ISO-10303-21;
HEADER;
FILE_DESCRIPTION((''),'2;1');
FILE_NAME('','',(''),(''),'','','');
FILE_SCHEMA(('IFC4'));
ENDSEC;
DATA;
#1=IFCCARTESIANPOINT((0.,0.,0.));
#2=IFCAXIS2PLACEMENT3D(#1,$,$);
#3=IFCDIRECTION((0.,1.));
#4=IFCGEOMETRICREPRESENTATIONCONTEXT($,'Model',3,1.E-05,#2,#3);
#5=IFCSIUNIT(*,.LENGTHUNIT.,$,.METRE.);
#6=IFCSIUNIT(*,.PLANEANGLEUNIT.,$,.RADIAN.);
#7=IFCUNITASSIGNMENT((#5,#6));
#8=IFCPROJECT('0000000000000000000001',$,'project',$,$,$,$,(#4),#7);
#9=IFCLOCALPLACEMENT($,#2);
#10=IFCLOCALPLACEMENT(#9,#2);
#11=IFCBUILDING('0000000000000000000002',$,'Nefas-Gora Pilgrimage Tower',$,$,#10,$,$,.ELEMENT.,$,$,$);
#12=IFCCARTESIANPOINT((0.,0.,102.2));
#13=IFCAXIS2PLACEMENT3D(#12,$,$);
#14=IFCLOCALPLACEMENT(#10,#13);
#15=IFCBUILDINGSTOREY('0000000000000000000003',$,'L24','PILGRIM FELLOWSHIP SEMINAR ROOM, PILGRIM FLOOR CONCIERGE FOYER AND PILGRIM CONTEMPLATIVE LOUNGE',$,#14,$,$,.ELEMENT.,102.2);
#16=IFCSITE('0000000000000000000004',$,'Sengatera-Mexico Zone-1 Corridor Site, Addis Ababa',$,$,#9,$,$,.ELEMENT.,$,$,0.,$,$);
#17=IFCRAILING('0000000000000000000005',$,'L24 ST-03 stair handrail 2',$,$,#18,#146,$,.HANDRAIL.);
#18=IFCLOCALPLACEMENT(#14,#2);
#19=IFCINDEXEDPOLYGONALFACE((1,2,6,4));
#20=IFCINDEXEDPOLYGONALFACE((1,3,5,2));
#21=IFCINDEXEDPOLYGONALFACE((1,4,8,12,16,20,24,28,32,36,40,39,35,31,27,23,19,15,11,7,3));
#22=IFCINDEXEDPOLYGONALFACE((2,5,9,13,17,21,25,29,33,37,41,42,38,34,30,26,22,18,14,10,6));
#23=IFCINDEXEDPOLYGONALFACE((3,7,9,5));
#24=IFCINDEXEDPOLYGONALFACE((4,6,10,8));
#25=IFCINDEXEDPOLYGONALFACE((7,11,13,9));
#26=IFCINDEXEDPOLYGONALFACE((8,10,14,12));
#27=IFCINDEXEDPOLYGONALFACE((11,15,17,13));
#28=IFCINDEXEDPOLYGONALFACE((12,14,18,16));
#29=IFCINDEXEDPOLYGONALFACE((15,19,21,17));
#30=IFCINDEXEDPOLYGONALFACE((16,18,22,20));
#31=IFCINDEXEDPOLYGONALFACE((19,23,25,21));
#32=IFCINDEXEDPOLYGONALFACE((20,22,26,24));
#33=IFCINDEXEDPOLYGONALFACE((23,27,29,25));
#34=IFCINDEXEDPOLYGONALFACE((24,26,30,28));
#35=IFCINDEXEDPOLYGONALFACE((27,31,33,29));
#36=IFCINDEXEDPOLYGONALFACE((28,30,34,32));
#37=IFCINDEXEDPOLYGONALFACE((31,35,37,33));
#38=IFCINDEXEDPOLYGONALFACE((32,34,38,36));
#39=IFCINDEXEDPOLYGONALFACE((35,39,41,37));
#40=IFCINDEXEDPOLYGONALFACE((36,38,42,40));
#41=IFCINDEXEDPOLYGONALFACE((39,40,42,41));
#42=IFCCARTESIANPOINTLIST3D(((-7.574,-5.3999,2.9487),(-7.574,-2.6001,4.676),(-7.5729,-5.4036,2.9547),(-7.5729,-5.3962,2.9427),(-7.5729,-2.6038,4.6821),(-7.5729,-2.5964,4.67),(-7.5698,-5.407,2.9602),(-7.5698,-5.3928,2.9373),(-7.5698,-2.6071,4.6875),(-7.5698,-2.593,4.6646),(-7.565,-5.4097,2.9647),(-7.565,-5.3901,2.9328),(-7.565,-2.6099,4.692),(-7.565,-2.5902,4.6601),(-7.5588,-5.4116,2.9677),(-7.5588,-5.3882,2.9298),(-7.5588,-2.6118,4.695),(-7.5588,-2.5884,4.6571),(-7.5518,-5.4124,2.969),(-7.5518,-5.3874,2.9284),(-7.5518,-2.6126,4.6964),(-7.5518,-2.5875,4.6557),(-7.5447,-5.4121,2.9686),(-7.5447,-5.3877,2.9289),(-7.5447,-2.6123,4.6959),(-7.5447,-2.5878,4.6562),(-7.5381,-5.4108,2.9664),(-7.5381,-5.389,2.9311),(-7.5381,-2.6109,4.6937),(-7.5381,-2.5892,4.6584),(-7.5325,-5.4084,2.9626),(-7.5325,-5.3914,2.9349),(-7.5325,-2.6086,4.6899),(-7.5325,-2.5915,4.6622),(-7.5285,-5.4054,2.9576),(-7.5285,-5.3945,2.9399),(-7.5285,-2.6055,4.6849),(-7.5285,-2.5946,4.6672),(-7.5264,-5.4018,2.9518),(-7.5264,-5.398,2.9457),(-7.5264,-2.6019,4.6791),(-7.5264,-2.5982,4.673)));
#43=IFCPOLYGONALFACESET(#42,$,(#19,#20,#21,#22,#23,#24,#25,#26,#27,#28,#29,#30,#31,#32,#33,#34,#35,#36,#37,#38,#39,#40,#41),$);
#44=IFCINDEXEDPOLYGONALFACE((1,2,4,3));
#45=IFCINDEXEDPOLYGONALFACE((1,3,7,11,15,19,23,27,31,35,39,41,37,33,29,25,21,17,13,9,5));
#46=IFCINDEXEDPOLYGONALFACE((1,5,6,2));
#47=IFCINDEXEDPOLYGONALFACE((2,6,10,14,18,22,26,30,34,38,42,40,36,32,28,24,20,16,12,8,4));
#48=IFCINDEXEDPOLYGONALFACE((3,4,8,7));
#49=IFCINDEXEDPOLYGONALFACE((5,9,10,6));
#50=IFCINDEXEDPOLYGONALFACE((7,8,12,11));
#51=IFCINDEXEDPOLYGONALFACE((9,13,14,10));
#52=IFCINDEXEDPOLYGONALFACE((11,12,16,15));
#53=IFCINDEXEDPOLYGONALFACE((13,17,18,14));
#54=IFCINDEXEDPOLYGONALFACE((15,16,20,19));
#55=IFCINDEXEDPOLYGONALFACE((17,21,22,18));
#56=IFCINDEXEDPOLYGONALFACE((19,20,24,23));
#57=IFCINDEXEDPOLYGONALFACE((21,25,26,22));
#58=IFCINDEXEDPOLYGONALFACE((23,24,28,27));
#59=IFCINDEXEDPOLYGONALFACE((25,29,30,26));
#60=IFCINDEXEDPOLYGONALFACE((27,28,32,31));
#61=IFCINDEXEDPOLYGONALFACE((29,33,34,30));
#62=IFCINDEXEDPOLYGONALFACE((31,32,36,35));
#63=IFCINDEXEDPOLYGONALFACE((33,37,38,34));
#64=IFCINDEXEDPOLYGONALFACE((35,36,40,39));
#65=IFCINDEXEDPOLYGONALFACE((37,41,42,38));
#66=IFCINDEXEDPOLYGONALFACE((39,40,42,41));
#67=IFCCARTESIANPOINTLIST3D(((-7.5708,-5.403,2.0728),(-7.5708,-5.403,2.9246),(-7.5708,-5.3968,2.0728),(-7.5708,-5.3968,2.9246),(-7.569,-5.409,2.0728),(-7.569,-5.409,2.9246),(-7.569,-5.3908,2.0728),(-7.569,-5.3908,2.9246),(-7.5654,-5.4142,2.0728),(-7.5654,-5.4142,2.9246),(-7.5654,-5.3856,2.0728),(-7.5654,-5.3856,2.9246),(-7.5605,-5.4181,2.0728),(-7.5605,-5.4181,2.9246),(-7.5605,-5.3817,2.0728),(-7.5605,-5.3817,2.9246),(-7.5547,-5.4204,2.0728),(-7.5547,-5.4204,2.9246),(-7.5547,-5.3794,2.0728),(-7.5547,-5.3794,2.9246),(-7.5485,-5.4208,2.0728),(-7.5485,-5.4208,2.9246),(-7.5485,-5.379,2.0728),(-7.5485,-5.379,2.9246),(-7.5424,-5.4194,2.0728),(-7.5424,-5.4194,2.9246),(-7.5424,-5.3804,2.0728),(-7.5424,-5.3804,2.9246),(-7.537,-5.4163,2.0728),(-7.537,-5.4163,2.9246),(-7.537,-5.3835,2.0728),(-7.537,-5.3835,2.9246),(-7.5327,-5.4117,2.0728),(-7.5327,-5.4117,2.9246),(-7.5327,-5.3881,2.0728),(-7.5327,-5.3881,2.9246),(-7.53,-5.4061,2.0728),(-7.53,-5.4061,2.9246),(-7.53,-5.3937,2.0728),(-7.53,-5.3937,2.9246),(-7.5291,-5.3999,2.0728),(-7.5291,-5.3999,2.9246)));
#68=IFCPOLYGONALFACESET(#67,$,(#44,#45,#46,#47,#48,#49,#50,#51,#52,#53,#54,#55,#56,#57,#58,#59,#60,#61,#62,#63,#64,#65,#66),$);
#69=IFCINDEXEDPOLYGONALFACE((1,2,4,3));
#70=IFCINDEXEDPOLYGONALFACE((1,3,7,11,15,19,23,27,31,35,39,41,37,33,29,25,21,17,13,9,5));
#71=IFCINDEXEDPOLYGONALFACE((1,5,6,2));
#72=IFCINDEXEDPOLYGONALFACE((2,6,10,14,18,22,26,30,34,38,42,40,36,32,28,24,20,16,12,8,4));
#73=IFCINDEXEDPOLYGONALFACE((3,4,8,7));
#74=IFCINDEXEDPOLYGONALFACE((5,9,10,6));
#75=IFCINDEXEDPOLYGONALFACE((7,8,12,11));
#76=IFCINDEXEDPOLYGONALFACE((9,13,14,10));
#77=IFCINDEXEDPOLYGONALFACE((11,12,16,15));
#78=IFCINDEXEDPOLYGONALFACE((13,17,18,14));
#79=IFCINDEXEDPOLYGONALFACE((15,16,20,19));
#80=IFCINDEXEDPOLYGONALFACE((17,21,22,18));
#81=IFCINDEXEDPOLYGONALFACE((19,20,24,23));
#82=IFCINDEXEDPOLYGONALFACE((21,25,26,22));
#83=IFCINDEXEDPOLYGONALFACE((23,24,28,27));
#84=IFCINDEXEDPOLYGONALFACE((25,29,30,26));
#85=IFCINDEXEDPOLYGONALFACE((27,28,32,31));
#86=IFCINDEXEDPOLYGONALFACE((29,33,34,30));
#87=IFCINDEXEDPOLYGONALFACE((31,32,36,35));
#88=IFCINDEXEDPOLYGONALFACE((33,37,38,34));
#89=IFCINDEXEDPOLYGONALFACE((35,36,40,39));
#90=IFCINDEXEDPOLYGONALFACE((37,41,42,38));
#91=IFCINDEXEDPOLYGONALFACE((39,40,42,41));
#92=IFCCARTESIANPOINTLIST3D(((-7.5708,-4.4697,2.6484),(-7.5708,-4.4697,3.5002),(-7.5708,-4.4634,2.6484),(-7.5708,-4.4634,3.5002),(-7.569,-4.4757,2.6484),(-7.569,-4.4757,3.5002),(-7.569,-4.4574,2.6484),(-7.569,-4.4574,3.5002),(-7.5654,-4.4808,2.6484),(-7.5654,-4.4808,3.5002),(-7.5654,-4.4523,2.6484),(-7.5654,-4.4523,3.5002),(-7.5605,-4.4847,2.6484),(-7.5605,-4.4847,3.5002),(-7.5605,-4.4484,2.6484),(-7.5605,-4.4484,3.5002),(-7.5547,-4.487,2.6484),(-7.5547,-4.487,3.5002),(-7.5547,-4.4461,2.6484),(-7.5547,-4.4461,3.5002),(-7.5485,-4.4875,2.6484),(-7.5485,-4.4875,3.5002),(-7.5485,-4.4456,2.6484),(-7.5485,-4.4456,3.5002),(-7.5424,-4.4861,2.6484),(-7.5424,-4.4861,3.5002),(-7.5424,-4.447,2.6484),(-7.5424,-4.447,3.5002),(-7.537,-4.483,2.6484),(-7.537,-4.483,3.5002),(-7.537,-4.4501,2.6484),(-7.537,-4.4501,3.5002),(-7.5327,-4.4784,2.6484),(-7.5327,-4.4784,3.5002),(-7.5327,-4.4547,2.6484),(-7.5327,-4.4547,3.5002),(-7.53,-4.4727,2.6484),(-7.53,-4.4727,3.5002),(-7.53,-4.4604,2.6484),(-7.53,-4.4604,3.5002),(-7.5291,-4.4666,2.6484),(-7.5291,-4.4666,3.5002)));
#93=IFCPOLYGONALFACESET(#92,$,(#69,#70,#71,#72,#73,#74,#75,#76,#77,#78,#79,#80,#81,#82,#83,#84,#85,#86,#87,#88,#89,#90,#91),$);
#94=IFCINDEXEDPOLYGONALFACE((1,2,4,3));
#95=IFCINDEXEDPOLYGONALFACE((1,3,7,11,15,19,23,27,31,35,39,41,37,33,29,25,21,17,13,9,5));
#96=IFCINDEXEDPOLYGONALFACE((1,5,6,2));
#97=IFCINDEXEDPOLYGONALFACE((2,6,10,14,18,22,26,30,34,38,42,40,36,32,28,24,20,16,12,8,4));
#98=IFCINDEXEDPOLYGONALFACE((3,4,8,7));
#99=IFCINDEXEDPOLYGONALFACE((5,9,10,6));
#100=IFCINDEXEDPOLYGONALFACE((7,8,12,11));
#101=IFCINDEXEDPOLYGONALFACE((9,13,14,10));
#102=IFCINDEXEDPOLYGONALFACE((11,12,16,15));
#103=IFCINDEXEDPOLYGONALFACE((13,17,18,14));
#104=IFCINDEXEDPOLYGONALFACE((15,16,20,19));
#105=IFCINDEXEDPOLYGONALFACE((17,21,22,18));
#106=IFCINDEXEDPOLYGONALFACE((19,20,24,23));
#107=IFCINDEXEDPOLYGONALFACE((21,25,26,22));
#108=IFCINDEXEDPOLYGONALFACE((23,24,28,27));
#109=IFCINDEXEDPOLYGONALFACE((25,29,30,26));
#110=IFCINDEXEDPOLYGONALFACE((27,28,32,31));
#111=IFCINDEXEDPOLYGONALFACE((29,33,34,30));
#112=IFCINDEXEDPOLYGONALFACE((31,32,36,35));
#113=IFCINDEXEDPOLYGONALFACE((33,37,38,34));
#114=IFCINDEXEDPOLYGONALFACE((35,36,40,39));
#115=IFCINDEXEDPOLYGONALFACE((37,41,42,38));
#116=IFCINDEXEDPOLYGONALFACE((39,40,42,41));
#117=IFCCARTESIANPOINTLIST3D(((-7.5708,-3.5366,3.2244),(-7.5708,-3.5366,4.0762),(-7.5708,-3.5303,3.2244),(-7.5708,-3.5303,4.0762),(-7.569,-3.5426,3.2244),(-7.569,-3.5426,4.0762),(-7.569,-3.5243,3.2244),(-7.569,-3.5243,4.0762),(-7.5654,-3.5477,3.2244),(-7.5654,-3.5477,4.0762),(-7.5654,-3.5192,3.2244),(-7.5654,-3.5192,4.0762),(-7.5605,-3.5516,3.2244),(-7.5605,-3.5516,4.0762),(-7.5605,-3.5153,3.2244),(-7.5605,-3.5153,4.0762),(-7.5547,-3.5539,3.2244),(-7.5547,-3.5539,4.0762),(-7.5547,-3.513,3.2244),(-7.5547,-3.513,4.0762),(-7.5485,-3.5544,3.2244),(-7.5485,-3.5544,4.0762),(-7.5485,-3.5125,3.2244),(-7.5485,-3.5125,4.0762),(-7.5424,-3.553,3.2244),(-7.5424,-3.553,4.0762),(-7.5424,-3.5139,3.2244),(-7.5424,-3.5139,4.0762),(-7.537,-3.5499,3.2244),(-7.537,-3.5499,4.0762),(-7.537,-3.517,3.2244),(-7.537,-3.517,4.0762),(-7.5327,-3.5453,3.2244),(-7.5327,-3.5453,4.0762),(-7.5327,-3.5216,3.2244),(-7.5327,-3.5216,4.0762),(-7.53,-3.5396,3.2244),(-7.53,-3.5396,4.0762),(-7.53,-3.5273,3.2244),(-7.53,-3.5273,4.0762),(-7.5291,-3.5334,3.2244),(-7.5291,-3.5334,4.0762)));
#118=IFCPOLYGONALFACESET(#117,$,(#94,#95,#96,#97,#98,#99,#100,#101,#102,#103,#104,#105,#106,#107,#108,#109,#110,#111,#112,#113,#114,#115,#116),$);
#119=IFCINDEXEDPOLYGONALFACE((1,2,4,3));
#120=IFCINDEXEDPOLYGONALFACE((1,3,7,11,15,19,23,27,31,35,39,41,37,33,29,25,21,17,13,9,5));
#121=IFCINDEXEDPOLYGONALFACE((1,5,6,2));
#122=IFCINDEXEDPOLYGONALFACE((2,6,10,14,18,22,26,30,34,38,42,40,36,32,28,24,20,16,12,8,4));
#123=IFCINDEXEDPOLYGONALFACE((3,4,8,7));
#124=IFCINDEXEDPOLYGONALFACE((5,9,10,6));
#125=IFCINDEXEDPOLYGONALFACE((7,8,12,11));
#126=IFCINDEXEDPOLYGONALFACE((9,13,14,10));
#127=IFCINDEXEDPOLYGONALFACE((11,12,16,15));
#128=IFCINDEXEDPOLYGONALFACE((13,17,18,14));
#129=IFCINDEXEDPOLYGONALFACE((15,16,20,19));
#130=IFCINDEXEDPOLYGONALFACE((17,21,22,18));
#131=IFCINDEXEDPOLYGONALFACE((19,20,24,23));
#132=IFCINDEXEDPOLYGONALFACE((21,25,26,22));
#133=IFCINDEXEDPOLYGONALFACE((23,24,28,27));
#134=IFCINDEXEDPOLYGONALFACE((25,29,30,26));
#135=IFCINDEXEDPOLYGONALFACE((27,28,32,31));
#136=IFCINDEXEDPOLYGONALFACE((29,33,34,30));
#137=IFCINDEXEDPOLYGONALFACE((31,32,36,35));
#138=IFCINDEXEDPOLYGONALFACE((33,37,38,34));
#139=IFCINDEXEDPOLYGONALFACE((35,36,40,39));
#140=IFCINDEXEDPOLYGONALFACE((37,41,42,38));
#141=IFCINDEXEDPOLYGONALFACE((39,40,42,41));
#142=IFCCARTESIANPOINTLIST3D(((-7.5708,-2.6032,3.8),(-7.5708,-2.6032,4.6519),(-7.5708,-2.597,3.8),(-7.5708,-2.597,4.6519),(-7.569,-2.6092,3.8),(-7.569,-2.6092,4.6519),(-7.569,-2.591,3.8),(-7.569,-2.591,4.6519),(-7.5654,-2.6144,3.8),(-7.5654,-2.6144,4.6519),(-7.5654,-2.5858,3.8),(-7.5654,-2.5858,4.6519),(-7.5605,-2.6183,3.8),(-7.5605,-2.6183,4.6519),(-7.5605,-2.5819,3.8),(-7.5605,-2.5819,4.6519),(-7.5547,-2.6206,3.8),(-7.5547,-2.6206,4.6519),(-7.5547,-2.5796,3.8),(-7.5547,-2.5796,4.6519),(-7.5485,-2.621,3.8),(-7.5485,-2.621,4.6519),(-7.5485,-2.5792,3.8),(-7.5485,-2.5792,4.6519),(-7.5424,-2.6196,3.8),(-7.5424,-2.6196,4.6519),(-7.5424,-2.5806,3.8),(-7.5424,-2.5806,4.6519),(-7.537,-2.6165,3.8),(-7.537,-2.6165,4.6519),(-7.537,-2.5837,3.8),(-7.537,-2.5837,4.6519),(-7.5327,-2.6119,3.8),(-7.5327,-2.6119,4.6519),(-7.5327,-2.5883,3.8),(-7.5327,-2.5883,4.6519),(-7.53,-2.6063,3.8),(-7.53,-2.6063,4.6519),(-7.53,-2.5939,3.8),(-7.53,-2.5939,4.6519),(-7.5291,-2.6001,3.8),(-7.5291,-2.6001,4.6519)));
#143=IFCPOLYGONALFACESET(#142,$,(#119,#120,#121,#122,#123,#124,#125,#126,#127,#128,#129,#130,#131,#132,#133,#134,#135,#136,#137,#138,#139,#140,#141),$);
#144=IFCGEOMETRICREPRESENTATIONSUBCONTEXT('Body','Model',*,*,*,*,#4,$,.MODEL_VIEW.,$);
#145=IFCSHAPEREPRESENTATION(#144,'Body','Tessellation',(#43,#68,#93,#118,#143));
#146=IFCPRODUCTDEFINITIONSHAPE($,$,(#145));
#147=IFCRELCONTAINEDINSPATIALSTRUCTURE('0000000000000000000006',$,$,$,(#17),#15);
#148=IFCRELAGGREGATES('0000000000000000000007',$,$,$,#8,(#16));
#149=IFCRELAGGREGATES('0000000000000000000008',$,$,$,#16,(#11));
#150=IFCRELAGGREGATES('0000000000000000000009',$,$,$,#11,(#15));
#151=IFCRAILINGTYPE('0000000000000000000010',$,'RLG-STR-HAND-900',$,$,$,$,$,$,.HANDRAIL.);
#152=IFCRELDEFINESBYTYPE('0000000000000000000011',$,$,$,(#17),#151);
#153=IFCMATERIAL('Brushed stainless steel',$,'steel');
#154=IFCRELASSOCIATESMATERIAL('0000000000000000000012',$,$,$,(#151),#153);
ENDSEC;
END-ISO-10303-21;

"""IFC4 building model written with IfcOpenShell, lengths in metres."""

from ifc_helpers import new_model, si_unit, direction, frame, origin, origin_2d, place, context, subcontext, project, spatial, circle, extrude, material, type_object, element, save


model = new_model("IFC4")

# Units and contexts
model_context = context("Model", 3, precision=1e-05, world=origin(), true_north=direction((0.0, 1.0)))
body_context = subcontext(model_context, "Body", "Model", "MODEL_VIEW")
ifc_project = project(units=[si_unit("LENGTHUNIT", "METRE"), si_unit("PLANEANGLEUNIT", "RADIAN")], contexts=[model_context])

# Site, building, storey
site_placement = place(None, origin())
site = spatial("IfcSite", under=ifc_project, at=site_placement, Name="Sengatera-Mexico Zone-1 Corridor Site, Addis Ababa", CompositionType="ELEMENT", RefElevation=0.0)
building_placement = place(site_placement, origin())
building = spatial("IfcBuilding", under=site, at=building_placement, Name="Nefas-Gora Pilgrimage Tower", CompositionType="ELEMENT")
storey_placement = place(building_placement, frame((0.0, 0.0, 102.2)))
storey = spatial("IfcBuildingStorey", under=building, at=storey_placement, Name="L24", Description="PILGRIM FELLOWSHIP SEMINAR ROOM, PILGRIM FLOOR CONCIERGE FOYER AND PILGRIM CONTEMPLATIVE LOUNGE", CompositionType="ELEMENT", Elevation=102.2)

# Railing
ifc_material_1 = material(Name="Brushed stainless steel", Category="steel")
railing_type_1 = type_object("IfcRailingType", Name="RLG-STR-HAND-900", PredefinedType="HANDRAIL", material=ifc_material_1)
railing_1_placement = place(storey_placement, frame((-7.55, -5.3999, 2.0728)))
element("IfcRailing", 1, at=railing_1_placement, inside=storey, type_object=railing_type_1, Name="L24 ST-03 stair handrail 2", PredefinedType="HANDRAIL", context=body_context, shape_type="SweptSolid", body=[
    extrude(circle(Radius=0.0239, at=origin_2d()), frame((0.0, 0.0, 0.876), z_axis=(0.0, 0.851069, 0.525054), x_axis=(-1.0, 0.0, 0.0)), (0.0, 0.0, 1.0), 3.2898),
    extrude(circle(Radius=0.021, at=origin_2d()), origin(), (0.0, 0.0, 1.0), 0.8518),
    extrude(circle(Radius=0.021, at=origin_2d()), frame((0.0, 0.9333, 0.5757)), (0.0, 0.0, 1.0), 0.8518),
    extrude(circle(Radius=0.021, at=origin_2d()), frame((0.0, 1.8665, 1.1516)), (0.0, 0.0, 1.0), 0.8518),
    extrude(circle(Radius=0.021, at=origin_2d()), frame((0.0, 2.7998, 1.7273)), (0.0, 0.0, 1.0), 0.8518),
])

save(model, "model.ifc")
